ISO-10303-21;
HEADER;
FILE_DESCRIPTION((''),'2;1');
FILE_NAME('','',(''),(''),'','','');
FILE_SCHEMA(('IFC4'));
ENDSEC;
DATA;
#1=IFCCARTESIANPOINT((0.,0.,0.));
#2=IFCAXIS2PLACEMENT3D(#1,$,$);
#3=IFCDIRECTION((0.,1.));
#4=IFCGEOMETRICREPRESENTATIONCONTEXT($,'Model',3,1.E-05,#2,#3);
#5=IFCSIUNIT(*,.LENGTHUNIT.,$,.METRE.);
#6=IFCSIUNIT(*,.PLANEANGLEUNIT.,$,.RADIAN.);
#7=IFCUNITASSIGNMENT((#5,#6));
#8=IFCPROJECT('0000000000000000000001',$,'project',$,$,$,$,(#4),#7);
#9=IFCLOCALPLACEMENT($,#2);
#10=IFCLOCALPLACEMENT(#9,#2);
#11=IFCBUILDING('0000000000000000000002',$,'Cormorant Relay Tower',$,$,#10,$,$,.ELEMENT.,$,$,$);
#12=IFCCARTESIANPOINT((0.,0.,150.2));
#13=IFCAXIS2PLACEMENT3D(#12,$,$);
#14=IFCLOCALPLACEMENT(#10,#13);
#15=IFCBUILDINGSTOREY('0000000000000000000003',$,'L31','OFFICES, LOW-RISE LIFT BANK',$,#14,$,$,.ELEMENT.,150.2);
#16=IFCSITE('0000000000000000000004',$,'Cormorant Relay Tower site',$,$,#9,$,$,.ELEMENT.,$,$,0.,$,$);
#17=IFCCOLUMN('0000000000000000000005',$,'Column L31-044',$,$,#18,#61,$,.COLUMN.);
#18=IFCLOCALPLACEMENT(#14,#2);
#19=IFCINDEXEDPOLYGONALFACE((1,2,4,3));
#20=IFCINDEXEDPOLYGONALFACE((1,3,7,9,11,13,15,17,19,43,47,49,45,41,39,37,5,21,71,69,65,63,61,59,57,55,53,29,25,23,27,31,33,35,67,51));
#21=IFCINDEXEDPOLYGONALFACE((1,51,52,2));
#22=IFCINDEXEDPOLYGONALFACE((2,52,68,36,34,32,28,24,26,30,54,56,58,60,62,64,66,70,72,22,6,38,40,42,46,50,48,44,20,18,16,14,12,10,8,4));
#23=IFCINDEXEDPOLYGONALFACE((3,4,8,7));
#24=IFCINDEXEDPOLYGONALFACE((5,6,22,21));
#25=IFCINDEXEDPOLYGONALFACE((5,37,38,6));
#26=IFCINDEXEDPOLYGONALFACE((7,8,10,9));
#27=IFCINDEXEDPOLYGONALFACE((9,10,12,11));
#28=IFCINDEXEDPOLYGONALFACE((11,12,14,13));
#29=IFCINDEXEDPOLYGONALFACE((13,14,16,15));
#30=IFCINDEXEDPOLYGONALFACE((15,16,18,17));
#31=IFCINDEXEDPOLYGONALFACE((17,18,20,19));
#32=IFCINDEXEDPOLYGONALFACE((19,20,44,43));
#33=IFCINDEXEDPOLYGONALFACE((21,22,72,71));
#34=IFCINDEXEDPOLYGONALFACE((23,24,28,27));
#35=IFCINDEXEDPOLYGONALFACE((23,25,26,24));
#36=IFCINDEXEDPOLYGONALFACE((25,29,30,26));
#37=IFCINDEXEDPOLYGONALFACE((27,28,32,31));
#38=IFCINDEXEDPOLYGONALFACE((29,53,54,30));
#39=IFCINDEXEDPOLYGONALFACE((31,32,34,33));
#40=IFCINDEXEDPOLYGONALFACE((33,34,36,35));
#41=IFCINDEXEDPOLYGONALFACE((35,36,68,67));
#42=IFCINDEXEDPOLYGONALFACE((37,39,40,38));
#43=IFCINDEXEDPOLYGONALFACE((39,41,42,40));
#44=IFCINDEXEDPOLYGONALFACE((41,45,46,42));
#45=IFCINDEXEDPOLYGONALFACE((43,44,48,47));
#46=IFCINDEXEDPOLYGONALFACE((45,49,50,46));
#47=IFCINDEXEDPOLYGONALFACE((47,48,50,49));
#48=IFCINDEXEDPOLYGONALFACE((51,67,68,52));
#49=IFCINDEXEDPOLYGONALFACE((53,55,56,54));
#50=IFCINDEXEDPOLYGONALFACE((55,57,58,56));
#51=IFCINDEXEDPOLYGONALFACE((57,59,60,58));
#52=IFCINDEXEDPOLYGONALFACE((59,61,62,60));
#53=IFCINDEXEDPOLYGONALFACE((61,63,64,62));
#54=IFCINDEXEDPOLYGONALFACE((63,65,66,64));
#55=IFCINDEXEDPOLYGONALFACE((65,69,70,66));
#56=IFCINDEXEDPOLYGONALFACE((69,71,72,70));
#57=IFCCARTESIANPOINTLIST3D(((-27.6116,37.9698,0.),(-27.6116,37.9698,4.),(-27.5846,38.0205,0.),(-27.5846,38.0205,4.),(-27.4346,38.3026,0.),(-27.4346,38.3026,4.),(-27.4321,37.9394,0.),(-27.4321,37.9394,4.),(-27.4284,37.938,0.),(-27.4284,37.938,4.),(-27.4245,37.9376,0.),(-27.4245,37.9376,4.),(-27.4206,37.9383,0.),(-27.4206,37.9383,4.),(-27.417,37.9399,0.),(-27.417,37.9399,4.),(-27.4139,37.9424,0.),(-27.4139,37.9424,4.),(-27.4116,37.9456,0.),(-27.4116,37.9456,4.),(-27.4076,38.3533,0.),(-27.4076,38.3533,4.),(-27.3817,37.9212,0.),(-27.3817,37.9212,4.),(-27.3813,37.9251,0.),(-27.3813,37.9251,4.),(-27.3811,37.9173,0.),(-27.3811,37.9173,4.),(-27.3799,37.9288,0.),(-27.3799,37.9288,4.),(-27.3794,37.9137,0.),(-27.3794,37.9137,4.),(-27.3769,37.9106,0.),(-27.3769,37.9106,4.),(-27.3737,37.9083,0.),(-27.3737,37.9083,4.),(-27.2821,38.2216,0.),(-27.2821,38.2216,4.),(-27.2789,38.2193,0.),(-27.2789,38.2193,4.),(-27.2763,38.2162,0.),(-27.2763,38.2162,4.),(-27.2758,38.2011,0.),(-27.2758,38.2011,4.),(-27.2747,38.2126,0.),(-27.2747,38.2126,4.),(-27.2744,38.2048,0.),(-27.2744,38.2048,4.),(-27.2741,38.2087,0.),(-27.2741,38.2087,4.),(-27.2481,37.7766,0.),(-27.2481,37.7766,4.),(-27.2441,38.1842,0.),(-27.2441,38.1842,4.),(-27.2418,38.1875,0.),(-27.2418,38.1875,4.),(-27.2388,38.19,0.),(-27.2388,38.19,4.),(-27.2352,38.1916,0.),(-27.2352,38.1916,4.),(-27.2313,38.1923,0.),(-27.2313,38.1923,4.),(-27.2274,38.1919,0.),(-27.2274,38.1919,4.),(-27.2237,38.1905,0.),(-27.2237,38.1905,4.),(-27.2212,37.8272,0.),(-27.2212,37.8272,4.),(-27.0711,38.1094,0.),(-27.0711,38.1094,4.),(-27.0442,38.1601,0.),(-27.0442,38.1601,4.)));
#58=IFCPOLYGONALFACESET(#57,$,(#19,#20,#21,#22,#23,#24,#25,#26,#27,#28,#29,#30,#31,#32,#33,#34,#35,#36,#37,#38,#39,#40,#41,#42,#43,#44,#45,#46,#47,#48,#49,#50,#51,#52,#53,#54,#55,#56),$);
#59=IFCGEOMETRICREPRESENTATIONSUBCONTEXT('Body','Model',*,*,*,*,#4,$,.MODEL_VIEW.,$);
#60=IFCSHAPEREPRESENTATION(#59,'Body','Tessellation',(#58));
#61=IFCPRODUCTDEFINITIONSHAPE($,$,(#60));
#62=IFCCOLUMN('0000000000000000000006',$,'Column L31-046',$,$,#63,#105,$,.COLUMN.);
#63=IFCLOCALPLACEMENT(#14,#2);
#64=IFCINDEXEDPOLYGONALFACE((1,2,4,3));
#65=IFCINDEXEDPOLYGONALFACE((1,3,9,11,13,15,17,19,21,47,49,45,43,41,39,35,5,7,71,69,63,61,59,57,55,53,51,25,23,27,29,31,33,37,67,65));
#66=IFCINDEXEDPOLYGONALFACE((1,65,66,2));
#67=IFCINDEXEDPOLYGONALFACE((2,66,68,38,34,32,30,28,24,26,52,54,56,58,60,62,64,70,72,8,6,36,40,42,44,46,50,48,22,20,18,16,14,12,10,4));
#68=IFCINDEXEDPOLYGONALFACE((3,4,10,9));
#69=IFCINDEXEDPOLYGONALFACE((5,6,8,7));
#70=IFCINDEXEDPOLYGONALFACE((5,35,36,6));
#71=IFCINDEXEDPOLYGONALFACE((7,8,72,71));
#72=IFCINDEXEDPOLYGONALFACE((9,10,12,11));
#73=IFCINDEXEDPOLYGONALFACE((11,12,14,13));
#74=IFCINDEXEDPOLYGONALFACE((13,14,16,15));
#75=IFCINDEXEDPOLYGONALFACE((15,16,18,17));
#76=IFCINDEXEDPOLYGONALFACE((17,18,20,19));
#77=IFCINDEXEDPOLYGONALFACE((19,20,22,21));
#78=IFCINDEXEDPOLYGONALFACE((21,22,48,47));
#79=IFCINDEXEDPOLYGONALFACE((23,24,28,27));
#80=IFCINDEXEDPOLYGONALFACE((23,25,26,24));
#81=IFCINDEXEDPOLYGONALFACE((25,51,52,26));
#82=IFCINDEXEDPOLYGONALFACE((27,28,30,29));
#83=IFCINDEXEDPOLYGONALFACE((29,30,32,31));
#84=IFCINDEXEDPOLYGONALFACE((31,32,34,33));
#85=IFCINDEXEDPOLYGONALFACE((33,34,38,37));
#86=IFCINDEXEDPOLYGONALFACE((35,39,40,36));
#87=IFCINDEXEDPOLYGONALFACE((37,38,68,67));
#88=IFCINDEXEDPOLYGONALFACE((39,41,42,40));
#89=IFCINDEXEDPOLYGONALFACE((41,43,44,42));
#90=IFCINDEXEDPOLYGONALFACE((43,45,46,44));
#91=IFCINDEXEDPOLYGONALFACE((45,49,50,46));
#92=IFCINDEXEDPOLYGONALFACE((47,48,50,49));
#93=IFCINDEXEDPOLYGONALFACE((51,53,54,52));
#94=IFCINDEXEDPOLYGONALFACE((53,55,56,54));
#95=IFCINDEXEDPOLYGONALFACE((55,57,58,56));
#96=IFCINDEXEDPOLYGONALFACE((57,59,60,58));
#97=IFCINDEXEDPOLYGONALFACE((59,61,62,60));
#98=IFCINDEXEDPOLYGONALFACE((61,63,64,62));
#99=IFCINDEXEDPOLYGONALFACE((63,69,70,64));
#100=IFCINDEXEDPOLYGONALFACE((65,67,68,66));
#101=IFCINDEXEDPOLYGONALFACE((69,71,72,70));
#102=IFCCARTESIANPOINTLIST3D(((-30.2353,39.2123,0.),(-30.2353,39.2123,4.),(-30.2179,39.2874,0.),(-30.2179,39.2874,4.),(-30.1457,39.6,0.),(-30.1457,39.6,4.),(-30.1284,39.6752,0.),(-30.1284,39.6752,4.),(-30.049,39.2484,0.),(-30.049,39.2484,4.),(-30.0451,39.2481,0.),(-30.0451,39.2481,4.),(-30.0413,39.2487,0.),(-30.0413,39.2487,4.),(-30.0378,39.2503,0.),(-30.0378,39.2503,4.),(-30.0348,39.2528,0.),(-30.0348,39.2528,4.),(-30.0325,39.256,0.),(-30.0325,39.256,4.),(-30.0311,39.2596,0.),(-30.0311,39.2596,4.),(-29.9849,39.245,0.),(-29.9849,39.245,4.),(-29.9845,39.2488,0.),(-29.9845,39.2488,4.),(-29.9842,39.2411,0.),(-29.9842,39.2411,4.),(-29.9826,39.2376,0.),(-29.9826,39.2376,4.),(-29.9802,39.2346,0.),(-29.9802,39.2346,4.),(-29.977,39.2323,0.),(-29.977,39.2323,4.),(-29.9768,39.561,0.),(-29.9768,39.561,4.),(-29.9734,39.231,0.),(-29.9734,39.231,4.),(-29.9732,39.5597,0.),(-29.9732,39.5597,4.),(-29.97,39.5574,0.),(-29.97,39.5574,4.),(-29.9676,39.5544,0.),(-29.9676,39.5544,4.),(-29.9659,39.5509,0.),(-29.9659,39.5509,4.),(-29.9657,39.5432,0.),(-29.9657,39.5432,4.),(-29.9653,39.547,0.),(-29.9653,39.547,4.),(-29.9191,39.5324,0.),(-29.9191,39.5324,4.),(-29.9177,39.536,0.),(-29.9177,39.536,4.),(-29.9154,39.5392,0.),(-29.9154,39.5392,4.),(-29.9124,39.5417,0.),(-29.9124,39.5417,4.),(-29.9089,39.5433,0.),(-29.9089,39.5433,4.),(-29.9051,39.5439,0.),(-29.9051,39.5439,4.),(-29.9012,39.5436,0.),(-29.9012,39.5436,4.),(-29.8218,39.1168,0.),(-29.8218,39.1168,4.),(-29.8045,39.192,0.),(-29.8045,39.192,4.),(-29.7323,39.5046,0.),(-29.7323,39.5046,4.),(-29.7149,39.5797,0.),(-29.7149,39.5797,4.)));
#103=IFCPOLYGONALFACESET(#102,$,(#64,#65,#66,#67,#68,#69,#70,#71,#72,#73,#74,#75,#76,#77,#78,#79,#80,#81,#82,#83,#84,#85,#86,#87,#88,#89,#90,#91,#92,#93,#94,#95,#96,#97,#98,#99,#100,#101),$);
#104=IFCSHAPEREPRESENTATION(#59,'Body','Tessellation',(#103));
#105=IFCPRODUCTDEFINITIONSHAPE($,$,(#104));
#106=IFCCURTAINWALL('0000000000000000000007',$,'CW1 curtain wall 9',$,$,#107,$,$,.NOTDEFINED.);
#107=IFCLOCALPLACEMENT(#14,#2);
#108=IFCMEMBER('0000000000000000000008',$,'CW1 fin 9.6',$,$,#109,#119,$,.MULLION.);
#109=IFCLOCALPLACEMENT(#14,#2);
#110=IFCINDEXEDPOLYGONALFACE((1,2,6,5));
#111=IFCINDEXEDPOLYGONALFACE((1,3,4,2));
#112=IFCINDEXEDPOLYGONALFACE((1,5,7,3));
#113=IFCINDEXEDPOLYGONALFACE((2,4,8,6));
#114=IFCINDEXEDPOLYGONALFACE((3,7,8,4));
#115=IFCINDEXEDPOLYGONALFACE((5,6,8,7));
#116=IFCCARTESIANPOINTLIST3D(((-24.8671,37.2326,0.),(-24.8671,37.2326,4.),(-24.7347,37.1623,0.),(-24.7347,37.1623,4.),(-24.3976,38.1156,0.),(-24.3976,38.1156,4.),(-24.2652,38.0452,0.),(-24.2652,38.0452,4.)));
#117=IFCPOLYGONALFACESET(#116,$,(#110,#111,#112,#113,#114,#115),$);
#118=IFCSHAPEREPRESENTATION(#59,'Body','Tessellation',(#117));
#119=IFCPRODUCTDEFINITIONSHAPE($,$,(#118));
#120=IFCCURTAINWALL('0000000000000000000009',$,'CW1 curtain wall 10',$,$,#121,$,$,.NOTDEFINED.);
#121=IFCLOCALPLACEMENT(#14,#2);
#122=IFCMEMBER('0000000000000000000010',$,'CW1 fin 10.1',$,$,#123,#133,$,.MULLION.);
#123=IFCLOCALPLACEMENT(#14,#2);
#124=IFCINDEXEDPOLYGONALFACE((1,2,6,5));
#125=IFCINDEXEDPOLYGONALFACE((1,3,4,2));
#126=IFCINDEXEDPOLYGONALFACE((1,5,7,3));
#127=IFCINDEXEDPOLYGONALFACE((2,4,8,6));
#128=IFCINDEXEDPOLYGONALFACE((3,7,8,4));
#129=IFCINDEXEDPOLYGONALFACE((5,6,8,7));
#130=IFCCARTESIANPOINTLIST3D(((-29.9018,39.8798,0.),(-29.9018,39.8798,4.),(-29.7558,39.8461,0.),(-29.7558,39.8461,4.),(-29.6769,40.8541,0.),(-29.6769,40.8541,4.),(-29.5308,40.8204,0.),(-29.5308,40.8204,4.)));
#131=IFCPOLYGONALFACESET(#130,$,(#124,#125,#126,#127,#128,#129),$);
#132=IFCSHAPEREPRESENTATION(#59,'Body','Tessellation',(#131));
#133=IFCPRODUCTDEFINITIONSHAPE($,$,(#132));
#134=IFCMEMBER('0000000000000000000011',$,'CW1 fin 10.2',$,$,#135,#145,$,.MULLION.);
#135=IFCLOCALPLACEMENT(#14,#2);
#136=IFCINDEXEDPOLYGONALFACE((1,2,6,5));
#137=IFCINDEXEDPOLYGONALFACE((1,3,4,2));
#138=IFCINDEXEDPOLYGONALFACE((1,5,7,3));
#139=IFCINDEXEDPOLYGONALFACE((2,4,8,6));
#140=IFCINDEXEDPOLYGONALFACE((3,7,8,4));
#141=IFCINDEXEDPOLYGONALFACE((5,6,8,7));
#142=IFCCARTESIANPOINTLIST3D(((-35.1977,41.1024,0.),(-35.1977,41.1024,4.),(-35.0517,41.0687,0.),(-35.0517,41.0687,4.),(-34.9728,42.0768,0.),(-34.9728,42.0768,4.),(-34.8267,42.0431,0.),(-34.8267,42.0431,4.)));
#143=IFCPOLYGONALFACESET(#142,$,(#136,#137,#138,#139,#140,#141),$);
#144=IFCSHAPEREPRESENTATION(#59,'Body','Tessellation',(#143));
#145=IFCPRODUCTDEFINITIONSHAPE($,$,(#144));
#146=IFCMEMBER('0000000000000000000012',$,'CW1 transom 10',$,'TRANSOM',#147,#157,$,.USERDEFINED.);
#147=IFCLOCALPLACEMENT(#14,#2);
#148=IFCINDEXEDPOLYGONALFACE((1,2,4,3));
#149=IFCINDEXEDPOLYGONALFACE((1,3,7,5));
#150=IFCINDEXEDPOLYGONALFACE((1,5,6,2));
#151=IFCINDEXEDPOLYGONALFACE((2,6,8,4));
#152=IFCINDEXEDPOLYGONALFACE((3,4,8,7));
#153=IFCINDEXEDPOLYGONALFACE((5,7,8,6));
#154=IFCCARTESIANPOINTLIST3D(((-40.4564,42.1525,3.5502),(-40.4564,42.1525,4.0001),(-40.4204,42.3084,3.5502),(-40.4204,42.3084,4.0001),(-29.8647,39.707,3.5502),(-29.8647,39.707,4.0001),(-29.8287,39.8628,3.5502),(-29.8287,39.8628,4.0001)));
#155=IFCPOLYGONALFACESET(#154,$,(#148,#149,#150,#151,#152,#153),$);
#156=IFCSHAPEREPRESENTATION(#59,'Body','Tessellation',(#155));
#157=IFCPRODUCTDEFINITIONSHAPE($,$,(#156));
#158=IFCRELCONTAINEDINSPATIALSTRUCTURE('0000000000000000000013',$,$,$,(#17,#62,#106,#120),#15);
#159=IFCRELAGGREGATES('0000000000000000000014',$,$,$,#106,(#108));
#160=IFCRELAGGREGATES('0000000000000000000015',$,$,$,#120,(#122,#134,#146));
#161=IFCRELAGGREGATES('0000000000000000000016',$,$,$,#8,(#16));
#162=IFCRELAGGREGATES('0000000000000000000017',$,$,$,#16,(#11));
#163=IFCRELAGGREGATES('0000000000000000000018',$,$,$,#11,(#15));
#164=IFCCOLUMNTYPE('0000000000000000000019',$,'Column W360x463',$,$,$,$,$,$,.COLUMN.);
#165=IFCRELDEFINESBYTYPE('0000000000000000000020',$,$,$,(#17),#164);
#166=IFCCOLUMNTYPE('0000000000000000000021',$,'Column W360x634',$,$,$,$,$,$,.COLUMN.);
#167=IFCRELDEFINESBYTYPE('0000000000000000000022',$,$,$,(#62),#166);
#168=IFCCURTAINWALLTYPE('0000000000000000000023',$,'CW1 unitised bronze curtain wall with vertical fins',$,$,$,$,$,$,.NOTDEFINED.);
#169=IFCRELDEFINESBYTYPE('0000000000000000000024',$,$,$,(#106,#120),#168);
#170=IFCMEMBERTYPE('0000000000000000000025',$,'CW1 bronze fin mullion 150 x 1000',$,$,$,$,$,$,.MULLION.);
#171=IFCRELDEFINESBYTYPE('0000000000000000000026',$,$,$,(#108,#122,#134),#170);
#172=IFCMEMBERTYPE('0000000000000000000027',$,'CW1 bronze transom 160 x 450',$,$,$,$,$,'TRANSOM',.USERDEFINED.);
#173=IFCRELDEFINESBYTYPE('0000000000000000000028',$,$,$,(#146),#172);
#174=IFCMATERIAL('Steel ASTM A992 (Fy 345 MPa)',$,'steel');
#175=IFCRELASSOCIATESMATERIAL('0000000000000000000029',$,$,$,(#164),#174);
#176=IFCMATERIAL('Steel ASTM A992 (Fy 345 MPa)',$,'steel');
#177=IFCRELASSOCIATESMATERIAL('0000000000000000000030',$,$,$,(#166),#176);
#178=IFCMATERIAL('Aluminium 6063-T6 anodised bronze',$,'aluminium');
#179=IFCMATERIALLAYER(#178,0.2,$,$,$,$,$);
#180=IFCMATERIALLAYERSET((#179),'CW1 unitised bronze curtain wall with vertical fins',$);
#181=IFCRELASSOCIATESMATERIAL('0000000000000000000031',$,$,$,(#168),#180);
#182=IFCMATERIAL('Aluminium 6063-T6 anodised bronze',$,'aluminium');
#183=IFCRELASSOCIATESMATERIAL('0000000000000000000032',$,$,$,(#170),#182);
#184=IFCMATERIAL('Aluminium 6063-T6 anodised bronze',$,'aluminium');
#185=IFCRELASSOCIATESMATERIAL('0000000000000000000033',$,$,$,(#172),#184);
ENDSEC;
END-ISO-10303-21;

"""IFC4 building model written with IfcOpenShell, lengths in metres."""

from ifc_helpers import new_model, si_unit, direction, frame, origin, origin_2d, place, context, subcontext, project, spatial, rectangle, i_section, extrude, material, layer, layer_set, material_profile, profile_set, type_object, element, aggregate, save


model = new_model("IFC4")

# Units and contexts
model_context = context("Model", 3, precision=1e-05, world=origin(), true_north=direction((0.0, 1.0)))
body_context = subcontext(model_context, "Body", "Model", "MODEL_VIEW")
ifc_project = project(units=[si_unit("LENGTHUNIT", "METRE"), si_unit("PLANEANGLEUNIT", "RADIAN")], contexts=[model_context])

# Site, building, storey
site_placement = place(None, origin())
site = spatial("IfcSite", under=ifc_project, at=site_placement, Name="Cormorant Relay Tower site", CompositionType="ELEMENT", RefElevation=0.0)
building_placement = place(site_placement, origin())
building = spatial("IfcBuilding", under=site, at=building_placement, Name="Cormorant Relay Tower", CompositionType="ELEMENT")
storey_placement = place(building_placement, frame((0.0, 0.0, 150.2)))
storey = spatial("IfcBuildingStorey", under=building, at=storey_placement, Name="L31", Description="OFFICES, LOW-RISE LIFT BANK", CompositionType="ELEMENT", Elevation=150.2)

# Columns
ifc_material_1 = material(Name="Steel ASTM A992 (Fy 345 MPa)", Category="steel")
ifc_material_profile_1 = material_profile(ifc_material_1, i_section(OverallWidth=0.4116, OverallDepth=0.4343, WebThickness=0.0359, FlangeThickness=0.0574, FilletRadius=0.0151, at=origin_2d()), Name="W360x463")
ifc_profile_set_1 = profile_set([ifc_material_profile_1], Name="Steel ASTM A992 (Fy 345 MPa)")
column_type_1 = type_object("IfcColumnType", Name="Column W360x463", PredefinedType="COLUMN", material=ifc_profile_set_1)
column_1_placement = place(storey_placement, frame((-27.3279, 38.0649, 0.0), z_axis=(0.0, 0.0, 1.0), x_axis=(-0.882948, 0.469472, 0.0)))
element("IfcColumn", 1, at=column_1_placement, inside=storey, type_object=column_type_1, Name="Column L31-044", PredefinedType="COLUMN", context=body_context, shape_type="SweptSolid", body=[
    extrude(i_section(OverallWidth=0.4116, OverallDepth=0.4343, WebThickness=0.0359, FlangeThickness=0.0574, FilletRadius=0.0151, at=origin_2d()), origin(), (0.0, 0.0, 1.0), 4.0),
])
ifc_material_2 = material(Name="Steel ASTM A992 (Fy 345 MPa)", Category="steel")
ifc_material_profile_2 = material_profile(ifc_material_2, i_section(OverallWidth=0.4243, OverallDepth=0.4751, WebThickness=0.0479, FlangeThickness=0.0771, FilletRadius=0.0149, at=origin_2d()), Name="W360x634")
ifc_profile_set_2 = profile_set([ifc_material_profile_2], Name="Steel ASTM A992 (Fy 345 MPa)")
column_type_2 = type_object("IfcColumnType", Name="Column W360x634", PredefinedType="COLUMN", material=ifc_profile_set_2)
column_2_placement = place(storey_placement, frame((-29.9751, 39.396, 0.0), z_axis=(0.0, 0.0, 1.0), x_axis=(-0.97437, 0.224951, 0.0)))
element("IfcColumn", 2, at=column_2_placement, inside=storey, type_object=column_type_2, Name="Column L31-046", PredefinedType="COLUMN", context=body_context, shape_type="SweptSolid", body=[
    extrude(i_section(OverallWidth=0.4243, OverallDepth=0.4751, WebThickness=0.0479, FlangeThickness=0.0771, FilletRadius=0.0149, at=origin_2d()), origin(), (0.0, 0.0, 1.0), 4.0),
])

# Curtain wall, member
ifc_material_3 = material(Name="Aluminium 6063-T6 anodised bronze", Category="aluminium")
ifc_layer_1 = layer(ifc_material_3, 0.2)
ifc_layer_set_1 = layer_set([ifc_layer_1], Name="CW1 unitised bronze curtain wall with vertical fins")
curtain_wall_type = type_object("IfcCurtainWallType", Name="CW1 unitised bronze curtain wall with vertical fins", PredefinedType="NOTDEFINED", material=ifc_layer_set_1)
curtain_wall_1_placement = place(storey_placement, origin())
curtain_wall_1 = element("IfcCurtainWall", 3, at=curtain_wall_1_placement, inside=storey, type_object=curtain_wall_type, Name="CW1 curtain wall 9", PredefinedType="NOTDEFINED")
ifc_material_4 = material(Name="Aluminium 6063-T6 anodised bronze", Category="aluminium")
ifc_material_profile_3 = material_profile(ifc_material_4, rectangle(XDim=0.1499, YDim=1.0, at=origin_2d()), Name="AL 150x1000")
ifc_profile_set_3 = profile_set([ifc_material_profile_3], Name="Aluminium 6063-T6 anodised bronze")
member_type_1 = type_object("IfcMemberType", Name="CW1 bronze fin mullion 150 x 1000", PredefinedType="MULLION", material=ifc_profile_set_3)
member_1_placement = place(storey_placement, frame((-24.5662, 37.6389, 0.0), z_axis=(0.0, 0.0, 1.0), x_axis=(-0.882948, 0.469472, 0.0)))
member_1 = element("IfcMember", 4, at=member_1_placement, type_object=member_type_1, Name="CW1 fin 9.6", PredefinedType="MULLION", context=body_context, shape_type="SweptSolid", body=[
    extrude(rectangle(XDim=0.1499, YDim=1.0, at=origin_2d()), origin(), (0.0, 0.0, 1.0), 4.0),
])

# Curtain wall, members
curtain_wall_2_placement = place(storey_placement, origin())
curtain_wall_2 = element("IfcCurtainWall", 5, at=curtain_wall_2_placement, inside=storey, type_object=curtain_wall_type, Name="CW1 curtain wall 10", PredefinedType="NOTDEFINED")
member_2_placement = place(storey_placement, frame((-29.7163, 40.3501, 0.0), z_axis=(0.0, 0.0, 1.0), x_axis=(-0.97437, 0.224951, 0.0)))
member_2 = element("IfcMember", 6, at=member_2_placement, type_object=member_type_1, Name="CW1 fin 10.1", PredefinedType="MULLION", context=body_context, shape_type="SweptSolid", body=[
    extrude(rectangle(XDim=0.1499, YDim=1.0, at=origin_2d()), origin(), (0.0, 0.0, 1.0), 4.0),
])
member_3_placement = place(storey_placement, frame((-35.0122, 41.5728, 0.0), z_axis=(0.0, 0.0, 1.0), x_axis=(-0.97437, 0.224951, 0.0)))
member_3 = element("IfcMember", 7, at=member_3_placement, type_object=member_type_1, Name="CW1 fin 10.2", PredefinedType="MULLION", context=body_context, shape_type="SweptSolid", body=[
    extrude(rectangle(XDim=0.1499, YDim=1.0, at=origin_2d()), origin(), (0.0, 0.0, 1.0), 4.0),
])
ifc_material_5 = material(Name="Aluminium 6063-T6 anodised bronze", Category="aluminium")
ifc_material_profile_4 = material_profile(ifc_material_5, rectangle(XDim=0.1599, YDim=0.45, at=origin_2d()), Name="AL 160x450")
ifc_profile_set_4 = profile_set([ifc_material_profile_4], Name="Aluminium 6063-T6 anodised bronze")
member_type_2 = type_object("IfcMemberType", Name="CW1 bronze transom 160 x 450", ElementType="TRANSOM", PredefinedType="USERDEFINED", material=ifc_profile_set_4)
member_4_placement = place(storey_placement, frame((-29.8467, 39.7849, 3.7751), z_axis=(-0.974365, 0.224973, 0.0), x_axis=(-0.224973, -0.974365, 0.0)))
member_4 = element("IfcMember", 8, at=member_4_placement, type_object=member_type_2, Name="CW1 transom 10", ObjectType="TRANSOM", PredefinedType="USERDEFINED", context=body_context, shape_type="SweptSolid", body=[
    extrude(rectangle(XDim=0.1599, YDim=0.45, at=origin_2d()), origin(), (0.0, 0.0, 1.0), 10.8704),
])

aggregate(curtain_wall_1, [member_1])

aggregate(curtain_wall_2, [member_2, member_3, member_4])

save(model, "model.ifc")
